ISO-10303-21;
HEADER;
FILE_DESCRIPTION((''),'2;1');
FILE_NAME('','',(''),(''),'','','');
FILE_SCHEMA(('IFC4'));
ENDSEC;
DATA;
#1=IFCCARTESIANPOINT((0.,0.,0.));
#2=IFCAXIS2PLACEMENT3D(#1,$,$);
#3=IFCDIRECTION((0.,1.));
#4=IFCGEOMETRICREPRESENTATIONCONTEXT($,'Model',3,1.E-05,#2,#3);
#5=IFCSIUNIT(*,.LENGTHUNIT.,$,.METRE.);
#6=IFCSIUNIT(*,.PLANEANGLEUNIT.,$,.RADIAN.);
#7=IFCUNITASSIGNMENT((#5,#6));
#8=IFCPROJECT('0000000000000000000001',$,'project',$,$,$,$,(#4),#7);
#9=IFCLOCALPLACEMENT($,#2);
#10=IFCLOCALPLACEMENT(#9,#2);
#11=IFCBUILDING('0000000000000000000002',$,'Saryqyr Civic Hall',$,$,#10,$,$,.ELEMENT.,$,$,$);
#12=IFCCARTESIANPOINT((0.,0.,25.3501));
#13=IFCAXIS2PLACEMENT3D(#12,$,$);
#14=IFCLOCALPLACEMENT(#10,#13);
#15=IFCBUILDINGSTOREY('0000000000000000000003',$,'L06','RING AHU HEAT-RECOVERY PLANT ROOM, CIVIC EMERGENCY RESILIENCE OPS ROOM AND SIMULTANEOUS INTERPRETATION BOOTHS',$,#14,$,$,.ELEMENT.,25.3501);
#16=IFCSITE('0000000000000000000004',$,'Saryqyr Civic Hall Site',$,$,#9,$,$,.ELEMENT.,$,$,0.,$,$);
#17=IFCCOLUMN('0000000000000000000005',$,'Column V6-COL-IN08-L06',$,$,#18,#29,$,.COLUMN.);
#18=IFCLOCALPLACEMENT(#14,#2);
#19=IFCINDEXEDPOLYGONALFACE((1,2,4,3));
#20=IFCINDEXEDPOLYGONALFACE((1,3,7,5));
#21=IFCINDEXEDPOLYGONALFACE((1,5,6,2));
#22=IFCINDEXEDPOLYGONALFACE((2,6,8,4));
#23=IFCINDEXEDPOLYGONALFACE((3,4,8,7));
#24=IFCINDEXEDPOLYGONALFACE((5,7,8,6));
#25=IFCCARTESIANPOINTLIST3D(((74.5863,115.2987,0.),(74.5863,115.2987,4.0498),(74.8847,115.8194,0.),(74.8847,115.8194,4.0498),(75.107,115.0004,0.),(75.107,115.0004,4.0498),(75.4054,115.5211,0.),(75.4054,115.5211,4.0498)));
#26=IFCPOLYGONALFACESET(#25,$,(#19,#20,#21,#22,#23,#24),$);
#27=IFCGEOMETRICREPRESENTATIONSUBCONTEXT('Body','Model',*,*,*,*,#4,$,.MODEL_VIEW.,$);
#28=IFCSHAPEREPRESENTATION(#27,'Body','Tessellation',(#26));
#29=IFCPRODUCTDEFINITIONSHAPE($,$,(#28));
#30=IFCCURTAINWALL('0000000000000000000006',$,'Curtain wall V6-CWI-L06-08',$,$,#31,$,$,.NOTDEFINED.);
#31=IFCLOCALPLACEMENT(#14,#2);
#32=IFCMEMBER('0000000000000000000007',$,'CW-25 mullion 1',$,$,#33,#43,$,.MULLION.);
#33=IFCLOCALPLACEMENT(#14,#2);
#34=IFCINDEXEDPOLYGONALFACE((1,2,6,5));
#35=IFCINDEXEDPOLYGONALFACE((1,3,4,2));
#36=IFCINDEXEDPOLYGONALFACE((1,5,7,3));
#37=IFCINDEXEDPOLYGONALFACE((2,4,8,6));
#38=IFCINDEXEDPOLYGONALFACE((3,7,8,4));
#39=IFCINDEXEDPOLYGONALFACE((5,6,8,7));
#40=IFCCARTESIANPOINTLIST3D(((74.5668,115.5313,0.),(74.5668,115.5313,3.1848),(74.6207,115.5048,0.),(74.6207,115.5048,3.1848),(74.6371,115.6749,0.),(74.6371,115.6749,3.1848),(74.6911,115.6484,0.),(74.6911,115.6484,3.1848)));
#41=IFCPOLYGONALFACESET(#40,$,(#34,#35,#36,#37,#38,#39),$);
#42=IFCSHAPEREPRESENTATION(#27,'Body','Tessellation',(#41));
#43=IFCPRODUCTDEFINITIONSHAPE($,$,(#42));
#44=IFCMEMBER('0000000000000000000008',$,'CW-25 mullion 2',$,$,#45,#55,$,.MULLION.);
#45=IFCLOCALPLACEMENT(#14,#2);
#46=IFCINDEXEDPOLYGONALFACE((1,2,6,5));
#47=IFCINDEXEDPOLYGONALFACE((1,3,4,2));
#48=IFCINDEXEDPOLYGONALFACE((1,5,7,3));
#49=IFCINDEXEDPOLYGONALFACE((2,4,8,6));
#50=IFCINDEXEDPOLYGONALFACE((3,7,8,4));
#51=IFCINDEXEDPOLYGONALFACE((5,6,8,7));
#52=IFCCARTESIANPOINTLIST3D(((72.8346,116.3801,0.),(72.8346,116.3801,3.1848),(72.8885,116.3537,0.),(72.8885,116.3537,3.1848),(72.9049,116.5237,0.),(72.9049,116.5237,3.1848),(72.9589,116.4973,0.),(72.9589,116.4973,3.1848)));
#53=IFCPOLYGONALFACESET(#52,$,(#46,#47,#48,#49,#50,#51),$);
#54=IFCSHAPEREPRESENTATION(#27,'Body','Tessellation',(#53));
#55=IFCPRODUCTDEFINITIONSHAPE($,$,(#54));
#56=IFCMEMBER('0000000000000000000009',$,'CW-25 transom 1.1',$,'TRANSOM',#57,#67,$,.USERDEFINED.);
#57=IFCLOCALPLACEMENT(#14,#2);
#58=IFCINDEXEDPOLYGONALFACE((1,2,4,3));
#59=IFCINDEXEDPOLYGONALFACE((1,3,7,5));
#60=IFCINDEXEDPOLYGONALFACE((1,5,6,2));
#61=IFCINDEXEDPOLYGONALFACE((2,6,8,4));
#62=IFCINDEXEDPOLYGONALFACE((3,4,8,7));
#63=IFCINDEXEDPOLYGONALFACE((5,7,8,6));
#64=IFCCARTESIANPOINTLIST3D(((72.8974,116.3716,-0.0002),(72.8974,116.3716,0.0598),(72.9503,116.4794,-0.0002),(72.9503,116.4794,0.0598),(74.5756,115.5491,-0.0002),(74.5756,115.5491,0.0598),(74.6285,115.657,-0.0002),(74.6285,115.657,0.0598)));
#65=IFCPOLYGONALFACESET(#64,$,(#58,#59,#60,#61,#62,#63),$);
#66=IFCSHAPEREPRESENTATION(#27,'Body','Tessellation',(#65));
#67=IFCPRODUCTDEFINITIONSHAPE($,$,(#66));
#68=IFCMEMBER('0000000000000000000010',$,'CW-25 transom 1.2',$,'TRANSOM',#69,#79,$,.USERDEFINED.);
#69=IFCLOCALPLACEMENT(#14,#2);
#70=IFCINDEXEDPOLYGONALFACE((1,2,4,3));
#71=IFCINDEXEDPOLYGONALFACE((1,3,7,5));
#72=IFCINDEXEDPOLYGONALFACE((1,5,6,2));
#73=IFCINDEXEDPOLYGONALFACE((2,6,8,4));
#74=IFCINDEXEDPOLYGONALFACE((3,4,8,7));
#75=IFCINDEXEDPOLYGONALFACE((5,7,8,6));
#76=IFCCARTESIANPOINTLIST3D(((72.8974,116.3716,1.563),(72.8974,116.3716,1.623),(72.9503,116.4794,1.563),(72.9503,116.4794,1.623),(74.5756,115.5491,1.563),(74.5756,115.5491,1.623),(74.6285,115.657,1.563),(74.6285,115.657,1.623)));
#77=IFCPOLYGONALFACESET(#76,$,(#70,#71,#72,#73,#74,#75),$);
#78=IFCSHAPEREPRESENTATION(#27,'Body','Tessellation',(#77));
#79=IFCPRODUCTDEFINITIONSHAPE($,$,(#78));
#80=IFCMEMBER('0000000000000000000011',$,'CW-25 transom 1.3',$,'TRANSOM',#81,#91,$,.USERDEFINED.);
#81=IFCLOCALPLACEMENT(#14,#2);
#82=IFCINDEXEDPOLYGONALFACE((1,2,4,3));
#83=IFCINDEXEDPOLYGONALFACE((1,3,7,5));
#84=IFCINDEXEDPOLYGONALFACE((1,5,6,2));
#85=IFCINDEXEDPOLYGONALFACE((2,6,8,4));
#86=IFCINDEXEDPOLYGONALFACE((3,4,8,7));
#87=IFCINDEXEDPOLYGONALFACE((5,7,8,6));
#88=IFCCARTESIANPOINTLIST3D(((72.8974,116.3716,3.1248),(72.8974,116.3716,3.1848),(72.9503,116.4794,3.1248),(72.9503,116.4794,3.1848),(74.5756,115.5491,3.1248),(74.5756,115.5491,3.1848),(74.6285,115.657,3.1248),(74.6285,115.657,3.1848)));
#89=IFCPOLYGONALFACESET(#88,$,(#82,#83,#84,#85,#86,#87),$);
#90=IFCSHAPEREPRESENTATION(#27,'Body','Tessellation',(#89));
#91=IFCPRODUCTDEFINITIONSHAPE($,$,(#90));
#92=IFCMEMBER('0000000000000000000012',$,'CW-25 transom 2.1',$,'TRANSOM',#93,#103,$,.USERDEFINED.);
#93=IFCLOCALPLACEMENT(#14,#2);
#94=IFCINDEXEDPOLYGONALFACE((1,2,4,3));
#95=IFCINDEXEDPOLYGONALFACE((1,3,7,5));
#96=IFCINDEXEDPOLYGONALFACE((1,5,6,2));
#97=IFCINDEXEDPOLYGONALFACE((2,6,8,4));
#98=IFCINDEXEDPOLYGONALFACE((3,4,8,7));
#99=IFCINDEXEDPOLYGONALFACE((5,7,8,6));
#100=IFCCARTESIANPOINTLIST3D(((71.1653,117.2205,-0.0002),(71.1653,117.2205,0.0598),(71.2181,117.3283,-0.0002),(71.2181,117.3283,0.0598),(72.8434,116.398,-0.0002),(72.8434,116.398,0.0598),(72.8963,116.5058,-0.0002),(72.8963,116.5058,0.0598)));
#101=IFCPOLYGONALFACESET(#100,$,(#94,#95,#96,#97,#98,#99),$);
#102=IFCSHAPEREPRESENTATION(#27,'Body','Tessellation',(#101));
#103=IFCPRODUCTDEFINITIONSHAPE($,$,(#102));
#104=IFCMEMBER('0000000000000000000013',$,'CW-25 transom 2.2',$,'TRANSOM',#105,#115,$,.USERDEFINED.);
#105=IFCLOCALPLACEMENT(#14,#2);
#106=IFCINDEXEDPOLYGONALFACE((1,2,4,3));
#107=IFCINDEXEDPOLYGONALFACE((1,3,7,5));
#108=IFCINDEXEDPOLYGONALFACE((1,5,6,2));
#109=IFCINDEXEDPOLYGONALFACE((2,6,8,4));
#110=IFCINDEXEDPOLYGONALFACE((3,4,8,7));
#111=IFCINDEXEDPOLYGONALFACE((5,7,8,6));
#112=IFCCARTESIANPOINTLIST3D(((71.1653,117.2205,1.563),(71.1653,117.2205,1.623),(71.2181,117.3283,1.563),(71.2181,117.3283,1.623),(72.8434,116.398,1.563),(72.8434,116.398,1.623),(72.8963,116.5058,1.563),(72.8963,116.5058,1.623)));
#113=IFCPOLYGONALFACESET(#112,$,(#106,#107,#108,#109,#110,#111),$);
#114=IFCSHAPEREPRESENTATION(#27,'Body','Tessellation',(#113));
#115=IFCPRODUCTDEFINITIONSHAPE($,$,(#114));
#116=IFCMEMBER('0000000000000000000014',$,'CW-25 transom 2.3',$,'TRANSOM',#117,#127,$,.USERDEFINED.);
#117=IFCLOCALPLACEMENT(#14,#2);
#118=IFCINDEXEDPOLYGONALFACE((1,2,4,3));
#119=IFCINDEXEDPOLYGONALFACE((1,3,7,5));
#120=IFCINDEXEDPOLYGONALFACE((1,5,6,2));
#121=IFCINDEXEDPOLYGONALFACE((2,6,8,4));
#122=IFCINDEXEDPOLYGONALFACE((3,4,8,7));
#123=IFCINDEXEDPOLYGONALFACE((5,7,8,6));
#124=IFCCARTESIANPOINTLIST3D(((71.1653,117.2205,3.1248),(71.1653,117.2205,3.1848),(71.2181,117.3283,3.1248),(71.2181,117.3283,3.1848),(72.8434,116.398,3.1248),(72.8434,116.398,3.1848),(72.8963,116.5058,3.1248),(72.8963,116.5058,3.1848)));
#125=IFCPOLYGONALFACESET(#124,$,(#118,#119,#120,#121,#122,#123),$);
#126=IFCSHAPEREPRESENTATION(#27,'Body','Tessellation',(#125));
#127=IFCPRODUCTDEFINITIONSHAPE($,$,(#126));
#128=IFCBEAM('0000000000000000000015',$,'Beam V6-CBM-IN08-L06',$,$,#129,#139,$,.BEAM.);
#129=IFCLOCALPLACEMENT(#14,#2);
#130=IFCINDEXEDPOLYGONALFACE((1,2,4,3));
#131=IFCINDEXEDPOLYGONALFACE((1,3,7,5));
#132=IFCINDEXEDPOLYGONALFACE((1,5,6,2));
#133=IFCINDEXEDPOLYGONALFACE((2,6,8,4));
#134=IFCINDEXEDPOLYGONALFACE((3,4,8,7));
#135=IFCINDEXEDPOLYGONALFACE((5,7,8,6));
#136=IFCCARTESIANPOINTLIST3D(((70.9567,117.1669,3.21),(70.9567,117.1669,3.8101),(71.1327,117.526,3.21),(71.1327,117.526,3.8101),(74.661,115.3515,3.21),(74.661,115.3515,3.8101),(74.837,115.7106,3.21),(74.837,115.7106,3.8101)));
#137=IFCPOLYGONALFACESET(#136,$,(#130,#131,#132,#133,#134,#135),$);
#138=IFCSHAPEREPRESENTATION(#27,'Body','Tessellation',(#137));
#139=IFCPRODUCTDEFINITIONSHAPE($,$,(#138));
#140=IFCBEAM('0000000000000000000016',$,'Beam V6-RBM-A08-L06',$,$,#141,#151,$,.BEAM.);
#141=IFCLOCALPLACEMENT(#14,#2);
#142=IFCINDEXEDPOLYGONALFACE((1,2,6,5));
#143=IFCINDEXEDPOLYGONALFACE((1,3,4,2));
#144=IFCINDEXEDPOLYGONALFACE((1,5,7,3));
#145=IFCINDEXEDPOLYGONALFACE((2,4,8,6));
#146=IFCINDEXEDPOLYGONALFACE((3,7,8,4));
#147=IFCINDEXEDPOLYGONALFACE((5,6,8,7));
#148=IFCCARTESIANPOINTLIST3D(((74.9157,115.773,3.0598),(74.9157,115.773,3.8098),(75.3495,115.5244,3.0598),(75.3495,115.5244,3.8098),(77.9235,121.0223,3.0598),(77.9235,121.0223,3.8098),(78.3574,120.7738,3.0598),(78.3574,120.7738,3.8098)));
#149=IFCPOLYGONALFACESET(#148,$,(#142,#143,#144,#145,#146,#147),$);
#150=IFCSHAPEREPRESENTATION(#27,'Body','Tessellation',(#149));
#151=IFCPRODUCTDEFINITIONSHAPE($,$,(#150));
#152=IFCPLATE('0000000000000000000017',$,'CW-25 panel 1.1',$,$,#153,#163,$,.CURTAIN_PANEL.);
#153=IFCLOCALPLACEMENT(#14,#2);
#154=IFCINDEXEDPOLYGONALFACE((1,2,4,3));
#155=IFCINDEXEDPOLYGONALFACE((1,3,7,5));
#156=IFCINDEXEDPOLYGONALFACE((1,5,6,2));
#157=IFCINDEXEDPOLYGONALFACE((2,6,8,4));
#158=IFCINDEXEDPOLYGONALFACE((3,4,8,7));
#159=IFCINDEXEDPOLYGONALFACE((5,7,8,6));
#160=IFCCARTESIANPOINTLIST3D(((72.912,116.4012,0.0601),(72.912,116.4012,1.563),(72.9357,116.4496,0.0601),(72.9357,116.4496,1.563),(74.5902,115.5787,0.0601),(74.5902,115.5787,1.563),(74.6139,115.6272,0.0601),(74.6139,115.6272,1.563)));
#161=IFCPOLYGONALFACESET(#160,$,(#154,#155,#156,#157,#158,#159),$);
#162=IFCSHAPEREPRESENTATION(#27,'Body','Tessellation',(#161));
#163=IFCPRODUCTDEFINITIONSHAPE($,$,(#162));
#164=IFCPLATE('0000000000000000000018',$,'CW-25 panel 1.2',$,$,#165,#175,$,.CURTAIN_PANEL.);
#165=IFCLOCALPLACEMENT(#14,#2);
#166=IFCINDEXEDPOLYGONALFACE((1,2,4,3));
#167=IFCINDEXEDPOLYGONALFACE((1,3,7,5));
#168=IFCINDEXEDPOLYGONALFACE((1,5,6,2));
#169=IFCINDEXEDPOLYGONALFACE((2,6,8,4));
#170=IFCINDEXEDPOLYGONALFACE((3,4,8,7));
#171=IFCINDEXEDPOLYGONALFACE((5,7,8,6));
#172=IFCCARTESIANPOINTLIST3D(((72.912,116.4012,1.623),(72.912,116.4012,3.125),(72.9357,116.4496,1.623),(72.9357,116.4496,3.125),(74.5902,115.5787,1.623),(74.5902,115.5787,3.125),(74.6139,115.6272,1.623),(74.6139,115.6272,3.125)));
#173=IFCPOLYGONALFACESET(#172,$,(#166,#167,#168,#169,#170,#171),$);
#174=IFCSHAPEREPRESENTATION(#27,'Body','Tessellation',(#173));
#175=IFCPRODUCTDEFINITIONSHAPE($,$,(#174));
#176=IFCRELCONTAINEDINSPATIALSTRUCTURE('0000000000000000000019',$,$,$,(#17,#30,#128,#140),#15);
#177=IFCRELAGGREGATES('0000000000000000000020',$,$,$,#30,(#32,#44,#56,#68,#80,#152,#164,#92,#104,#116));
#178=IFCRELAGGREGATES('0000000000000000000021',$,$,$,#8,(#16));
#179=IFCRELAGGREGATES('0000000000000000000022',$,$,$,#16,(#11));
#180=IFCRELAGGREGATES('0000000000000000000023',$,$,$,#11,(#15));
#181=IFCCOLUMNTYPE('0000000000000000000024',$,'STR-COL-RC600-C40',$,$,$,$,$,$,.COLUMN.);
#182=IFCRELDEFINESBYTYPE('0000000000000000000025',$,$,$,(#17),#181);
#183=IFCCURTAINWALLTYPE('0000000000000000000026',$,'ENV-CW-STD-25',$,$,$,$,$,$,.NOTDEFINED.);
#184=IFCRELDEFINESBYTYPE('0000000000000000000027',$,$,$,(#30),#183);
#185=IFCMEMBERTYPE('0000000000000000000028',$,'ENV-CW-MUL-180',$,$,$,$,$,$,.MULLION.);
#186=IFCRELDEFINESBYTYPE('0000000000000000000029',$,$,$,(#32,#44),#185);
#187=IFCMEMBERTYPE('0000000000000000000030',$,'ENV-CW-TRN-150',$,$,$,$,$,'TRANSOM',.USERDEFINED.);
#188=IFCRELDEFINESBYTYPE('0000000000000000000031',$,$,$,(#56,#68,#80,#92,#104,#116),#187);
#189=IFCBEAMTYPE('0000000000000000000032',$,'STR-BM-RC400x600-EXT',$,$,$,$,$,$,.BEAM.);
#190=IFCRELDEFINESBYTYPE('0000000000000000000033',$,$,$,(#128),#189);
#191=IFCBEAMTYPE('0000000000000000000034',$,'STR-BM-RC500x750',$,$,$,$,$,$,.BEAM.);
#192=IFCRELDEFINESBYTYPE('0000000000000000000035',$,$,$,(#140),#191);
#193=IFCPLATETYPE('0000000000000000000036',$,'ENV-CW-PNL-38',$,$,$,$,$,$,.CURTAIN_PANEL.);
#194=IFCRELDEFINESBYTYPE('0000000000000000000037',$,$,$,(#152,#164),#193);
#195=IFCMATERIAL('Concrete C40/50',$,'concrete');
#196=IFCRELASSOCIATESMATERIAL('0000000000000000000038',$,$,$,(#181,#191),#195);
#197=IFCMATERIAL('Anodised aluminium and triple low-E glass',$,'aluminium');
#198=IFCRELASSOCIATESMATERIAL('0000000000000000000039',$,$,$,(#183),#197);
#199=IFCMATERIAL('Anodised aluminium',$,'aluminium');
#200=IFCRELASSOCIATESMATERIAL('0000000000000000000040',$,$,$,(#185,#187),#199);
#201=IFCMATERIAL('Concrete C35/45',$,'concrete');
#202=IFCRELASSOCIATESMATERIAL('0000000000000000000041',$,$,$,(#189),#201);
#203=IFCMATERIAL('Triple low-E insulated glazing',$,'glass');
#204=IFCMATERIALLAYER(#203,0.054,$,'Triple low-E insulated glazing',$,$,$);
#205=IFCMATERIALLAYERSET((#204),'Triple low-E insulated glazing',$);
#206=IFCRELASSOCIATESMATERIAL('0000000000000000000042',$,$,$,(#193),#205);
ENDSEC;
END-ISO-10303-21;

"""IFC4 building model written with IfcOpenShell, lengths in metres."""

from ifc_helpers import new_model, si_unit, direction, frame, origin, origin_2d, place, context, subcontext, project, spatial, rectangle, extrude, material, layer, layer_set, material_profile, profile_set, type_object, element, aggregate, save


model = new_model("IFC4")

# Units and contexts
model_context = context("Model", 3, precision=1e-05, world=origin(), true_north=direction((0.0, 1.0)))
body_context = subcontext(model_context, "Body", "Model", "MODEL_VIEW")
ifc_project = project(units=[si_unit("LENGTHUNIT", "METRE"), si_unit("PLANEANGLEUNIT", "RADIAN")], contexts=[model_context])

# Site, building, storey
site_placement = place(None, origin())
site = spatial("IfcSite", under=ifc_project, at=site_placement, Name="Saryqyr Civic Hall Site", CompositionType="ELEMENT", RefElevation=0.0)
building_placement = place(site_placement, origin())
building = spatial("IfcBuilding", under=site, at=building_placement, Name="Saryqyr Civic Hall", CompositionType="ELEMENT")
storey_placement = place(building_placement, frame((0.0, 0.0, 25.3501)))
storey = spatial("IfcBuildingStorey", under=building, at=storey_placement, Name="L06", Description="RING AHU HEAT-RECOVERY PLANT ROOM, CIVIC EMERGENCY RESILIENCE OPS ROOM AND SIMULTANEOUS INTERPRETATION BOOTHS", CompositionType="ELEMENT", Elevation=25.3501)

# Column
ifc_material_1 = material(Name="Concrete C40/50", Category="concrete")
ifc_material_profile_1 = material_profile(ifc_material_1, rectangle(XDim=0.6001, YDim=0.6001, at=origin_2d()), Name="RC 600x600")
ifc_profile_set_1 = profile_set([ifc_material_profile_1], Name="Concrete C40/50")
column_type = type_object("IfcColumnType", Name="STR-COL-RC600-C40", PredefinedType="COLUMN", material=ifc_profile_set_1)
column_placement = place(storey_placement, frame((74.9958, 115.4099, 0.0), z_axis=(0.0, 0.0, 1.0), x_axis=(0.497125, 0.867679, 0.0)))
element("IfcColumn", 1, at=column_placement, inside=storey, type_object=column_type, Name="Column V6-COL-IN08-L06", PredefinedType="COLUMN", context=body_context, shape_type="SweptSolid", body=[
    extrude(rectangle(XDim=0.6001, YDim=0.6001, at=origin_2d()), origin(), (0.0, 0.0, 1.0), 4.0498),
])

# Curtain wall, members
ifc_material_2 = material(Name="Anodised aluminium and triple low-E glass", Category="aluminium")
curtain_wall_type = type_object("IfcCurtainWallType", Name="ENV-CW-STD-25", PredefinedType="NOTDEFINED", material=ifc_material_2)
curtain_wall_placement = place(storey_placement, origin())
curtain_wall = element("IfcCurtainWall", 2, at=curtain_wall_placement, inside=storey, type_object=curtain_wall_type, Name="Curtain wall V6-CWI-L06-08", PredefinedType="NOTDEFINED")
ifc_material_3 = material(Name="Anodised aluminium", Category="aluminium")
ifc_material_profile_2 = material_profile(ifc_material_3, rectangle(XDim=0.0601, YDim=0.1599, at=origin_2d()), Name="ALU MULLION 60x160")
ifc_profile_set_2 = profile_set([ifc_material_profile_2], Name="Anodised aluminium")
member_type_1 = type_object("IfcMemberType", Name="ENV-CW-MUL-180", PredefinedType="MULLION", material=ifc_profile_set_2)
member_1_placement = place(storey_placement, frame((74.6289, 115.5898, 0.0), z_axis=(0.0, 0.0, 1.0), x_axis=(-0.897962, 0.440073, 0.0)))
member_1 = element("IfcMember", 3, at=member_1_placement, type_object=member_type_1, Name="CW-25 mullion 1", PredefinedType="MULLION", context=body_context, shape_type="SweptSolid", body=[
    extrude(rectangle(XDim=0.0601, YDim=0.1599, at=origin_2d()), origin(), (0.0, 0.0, 1.0), 3.1848),
])
member_2_placement = place(storey_placement, frame((72.8967, 116.4387, 0.0), z_axis=(0.0, 0.0, 1.0), x_axis=(-0.897962, 0.440073, 0.0)))
member_2 = element("IfcMember", 4, at=member_2_placement, type_object=member_type_1, Name="CW-25 mullion 2", PredefinedType="MULLION", context=body_context, shape_type="SweptSolid", body=[
    extrude(rectangle(XDim=0.0601, YDim=0.1599, at=origin_2d()), origin(), (0.0, 0.0, 1.0), 3.1848),
])
ifc_material_profile_3 = material_profile(ifc_material_3, rectangle(XDim=0.1201, YDim=0.0601, at=origin_2d()), Name="ALU TRANSOM 120x60")
ifc_profile_set_3 = profile_set([ifc_material_profile_3], Name="Anodised aluminium")
member_type_2 = type_object("IfcMemberType", Name="ENV-CW-TRN-150", ElementType="TRANSOM", PredefinedType="USERDEFINED", material=ifc_profile_set_3)
member_3_placement = place(storey_placement, frame((74.6021, 115.603, 0.0298), z_axis=(-0.897952, 0.440093, 0.0), x_axis=(-0.440093, -0.897952, 0.0)))
member_3 = element("IfcMember", 5, at=member_3_placement, type_object=member_type_2, Name="CW-25 transom 1.1", ObjectType="TRANSOM", PredefinedType="USERDEFINED", context=body_context, shape_type="SweptSolid", body=[
    extrude(rectangle(XDim=0.1201, YDim=0.0601, at=origin_2d()), origin(), (0.0, 0.0, 1.0), 1.8689),
])
member_4_placement = place(storey_placement, frame((74.6021, 115.603, 1.593), z_axis=(-0.897952, 0.440093, 0.0), x_axis=(-0.440093, -0.897952, 0.0)))
member_4 = element("IfcMember", 6, at=member_4_placement, type_object=member_type_2, Name="CW-25 transom 1.2", ObjectType="TRANSOM", PredefinedType="USERDEFINED", context=body_context, shape_type="SweptSolid", body=[
    extrude(rectangle(XDim=0.1201, YDim=0.0601, at=origin_2d()), origin(), (0.0, 0.0, 1.0), 1.8689),
])
member_5_placement = place(storey_placement, frame((74.6021, 115.603, 3.1548), z_axis=(-0.897952, 0.440093, 0.0), x_axis=(-0.440093, -0.897952, 0.0)))
member_5 = element("IfcMember", 7, at=member_5_placement, type_object=member_type_2, Name="CW-25 transom 1.3", ObjectType="TRANSOM", PredefinedType="USERDEFINED", context=body_context, shape_type="SweptSolid", body=[
    extrude(rectangle(XDim=0.1201, YDim=0.0601, at=origin_2d()), origin(), (0.0, 0.0, 1.0), 1.8689),
])
member_6_placement = place(storey_placement, frame((72.8699, 116.4519, 0.0298), z_axis=(-0.897952, 0.440093, 0.0), x_axis=(-0.440093, -0.897952, 0.0)))
member_6 = element("IfcMember", 8, at=member_6_placement, type_object=member_type_2, Name="CW-25 transom 2.1", ObjectType="TRANSOM", PredefinedType="USERDEFINED", context=body_context, shape_type="SweptSolid", body=[
    extrude(rectangle(XDim=0.1201, YDim=0.0601, at=origin_2d()), origin(), (0.0, 0.0, 1.0), 1.8689),
])
member_7_placement = place(storey_placement, frame((72.8699, 116.4519, 1.593), z_axis=(-0.897952, 0.440093, 0.0), x_axis=(-0.440093, -0.897952, 0.0)))
member_7 = element("IfcMember", 9, at=member_7_placement, type_object=member_type_2, Name="CW-25 transom 2.2", ObjectType="TRANSOM", PredefinedType="USERDEFINED", context=body_context, shape_type="SweptSolid", body=[
    extrude(rectangle(XDim=0.1201, YDim=0.0601, at=origin_2d()), origin(), (0.0, 0.0, 1.0), 1.8689),
])
member_8_placement = place(storey_placement, frame((72.8699, 116.4519, 3.1548), z_axis=(-0.897952, 0.440093, 0.0), x_axis=(-0.440093, -0.897952, 0.0)))
member_8 = element("IfcMember", 10, at=member_8_placement, type_object=member_type_2, Name="CW-25 transom 2.3", ObjectType="TRANSOM", PredefinedType="USERDEFINED", context=body_context, shape_type="SweptSolid", body=[
    extrude(rectangle(XDim=0.1201, YDim=0.0601, at=origin_2d()), origin(), (0.0, 0.0, 1.0), 1.8689),
])

# Beams
ifc_material_4 = material(Name="Concrete C35/45", Category="concrete")
ifc_material_profile_4 = material_profile(ifc_material_4, rectangle(XDim=0.3999, YDim=0.6001, at=origin_2d()), Name="RC 400x600")
ifc_profile_set_4 = profile_set([ifc_material_profile_4], Name="Concrete C35/45")
beam_type_1 = type_object("IfcBeamType", Name="STR-BM-RC400x600-EXT", PredefinedType="BEAM", material=ifc_profile_set_4)
beam_1_placement = place(storey_placement, frame((74.749, 115.531, 3.51), z_axis=(-0.897962, 0.440074, 0.0), x_axis=(-0.440074, -0.897962, 0.0)))
element("IfcBeam", 11, at=beam_1_placement, inside=storey, type_object=beam_type_1, Name="Beam V6-CBM-IN08-L06", PredefinedType="BEAM", context=body_context, shape_type="SweptSolid", body=[
    extrude(rectangle(XDim=0.3999, YDim=0.6001, at=origin_2d()), origin(), (0.0, 0.0, 1.0), 4.1252),
])
ifc_material_profile_5 = material_profile(ifc_material_1, rectangle(XDim=0.5, YDim=0.75, at=origin_2d()), Name="RC 500x750")
ifc_profile_set_5 = profile_set([ifc_material_profile_5], Name="Concrete C40/50")
beam_type_2 = type_object("IfcBeamType", Name="STR-BM-RC500x750", PredefinedType="BEAM", material=ifc_profile_set_5)
beam_2_placement = place(storey_placement, frame((75.1326, 115.6487, 3.4348), z_axis=(0.497164, 0.867656, 0.0), x_axis=(-0.867656, 0.497164, 0.0)))
element("IfcBeam", 12, at=beam_2_placement, inside=storey, type_object=beam_type_2, Name="Beam V6-RBM-A08-L06", PredefinedType="BEAM", context=body_context, shape_type="SweptSolid", body=[
    extrude(rectangle(XDim=0.5, YDim=0.75, at=origin_2d()), origin(), (0.0, 0.0, 1.0), 6.05),
])

# Plates
ifc_material_5 = material(Name="Triple low-E insulated glazing", Category="glass")
ifc_layer_1 = layer(ifc_material_5, 0.054, Name="Triple low-E insulated glazing")
ifc_layer_set_1 = layer_set([ifc_layer_1], Name="Triple low-E insulated glazing")
plate_type = type_object("IfcPlateType", Name="ENV-CW-PNL-38", PredefinedType="CURTAIN_PANEL", material=ifc_layer_set_1)
plate_1_placement = place(storey_placement, frame((73.7629, 116.0142, 0.0601), z_axis=(0.0, 0.0, 1.0), x_axis=(-0.897962, 0.440073, 0.0)))
plate_1 = element("IfcPlate", 13, at=plate_1_placement, type_object=plate_type, Name="CW-25 panel 1.1", PredefinedType="CURTAIN_PANEL", context=body_context, shape_type="SweptSolid", body=[
    extrude(rectangle(XDim=1.8689, YDim=0.054, at=origin_2d()), origin(), (0.0, 0.0, 1.0), 1.5029),
])
plate_2_placement = place(storey_placement, frame((73.7629, 116.0142, 1.623), z_axis=(0.0, 0.0, 1.0), x_axis=(-0.897962, 0.440073, 0.0)))
plate_2 = element("IfcPlate", 14, at=plate_2_placement, type_object=plate_type, Name="CW-25 panel 1.2", PredefinedType="CURTAIN_PANEL", context=body_context, shape_type="SweptSolid", body=[
    extrude(rectangle(XDim=1.8689, YDim=0.054, at=origin_2d()), origin(), (0.0, 0.0, 1.0), 1.502),
])
aggregate(curtain_wall, [member_1, member_2, member_3, member_4, member_5, plate_1, plate_2, member_6, member_7, member_8])

save(model, "model.ifc")
